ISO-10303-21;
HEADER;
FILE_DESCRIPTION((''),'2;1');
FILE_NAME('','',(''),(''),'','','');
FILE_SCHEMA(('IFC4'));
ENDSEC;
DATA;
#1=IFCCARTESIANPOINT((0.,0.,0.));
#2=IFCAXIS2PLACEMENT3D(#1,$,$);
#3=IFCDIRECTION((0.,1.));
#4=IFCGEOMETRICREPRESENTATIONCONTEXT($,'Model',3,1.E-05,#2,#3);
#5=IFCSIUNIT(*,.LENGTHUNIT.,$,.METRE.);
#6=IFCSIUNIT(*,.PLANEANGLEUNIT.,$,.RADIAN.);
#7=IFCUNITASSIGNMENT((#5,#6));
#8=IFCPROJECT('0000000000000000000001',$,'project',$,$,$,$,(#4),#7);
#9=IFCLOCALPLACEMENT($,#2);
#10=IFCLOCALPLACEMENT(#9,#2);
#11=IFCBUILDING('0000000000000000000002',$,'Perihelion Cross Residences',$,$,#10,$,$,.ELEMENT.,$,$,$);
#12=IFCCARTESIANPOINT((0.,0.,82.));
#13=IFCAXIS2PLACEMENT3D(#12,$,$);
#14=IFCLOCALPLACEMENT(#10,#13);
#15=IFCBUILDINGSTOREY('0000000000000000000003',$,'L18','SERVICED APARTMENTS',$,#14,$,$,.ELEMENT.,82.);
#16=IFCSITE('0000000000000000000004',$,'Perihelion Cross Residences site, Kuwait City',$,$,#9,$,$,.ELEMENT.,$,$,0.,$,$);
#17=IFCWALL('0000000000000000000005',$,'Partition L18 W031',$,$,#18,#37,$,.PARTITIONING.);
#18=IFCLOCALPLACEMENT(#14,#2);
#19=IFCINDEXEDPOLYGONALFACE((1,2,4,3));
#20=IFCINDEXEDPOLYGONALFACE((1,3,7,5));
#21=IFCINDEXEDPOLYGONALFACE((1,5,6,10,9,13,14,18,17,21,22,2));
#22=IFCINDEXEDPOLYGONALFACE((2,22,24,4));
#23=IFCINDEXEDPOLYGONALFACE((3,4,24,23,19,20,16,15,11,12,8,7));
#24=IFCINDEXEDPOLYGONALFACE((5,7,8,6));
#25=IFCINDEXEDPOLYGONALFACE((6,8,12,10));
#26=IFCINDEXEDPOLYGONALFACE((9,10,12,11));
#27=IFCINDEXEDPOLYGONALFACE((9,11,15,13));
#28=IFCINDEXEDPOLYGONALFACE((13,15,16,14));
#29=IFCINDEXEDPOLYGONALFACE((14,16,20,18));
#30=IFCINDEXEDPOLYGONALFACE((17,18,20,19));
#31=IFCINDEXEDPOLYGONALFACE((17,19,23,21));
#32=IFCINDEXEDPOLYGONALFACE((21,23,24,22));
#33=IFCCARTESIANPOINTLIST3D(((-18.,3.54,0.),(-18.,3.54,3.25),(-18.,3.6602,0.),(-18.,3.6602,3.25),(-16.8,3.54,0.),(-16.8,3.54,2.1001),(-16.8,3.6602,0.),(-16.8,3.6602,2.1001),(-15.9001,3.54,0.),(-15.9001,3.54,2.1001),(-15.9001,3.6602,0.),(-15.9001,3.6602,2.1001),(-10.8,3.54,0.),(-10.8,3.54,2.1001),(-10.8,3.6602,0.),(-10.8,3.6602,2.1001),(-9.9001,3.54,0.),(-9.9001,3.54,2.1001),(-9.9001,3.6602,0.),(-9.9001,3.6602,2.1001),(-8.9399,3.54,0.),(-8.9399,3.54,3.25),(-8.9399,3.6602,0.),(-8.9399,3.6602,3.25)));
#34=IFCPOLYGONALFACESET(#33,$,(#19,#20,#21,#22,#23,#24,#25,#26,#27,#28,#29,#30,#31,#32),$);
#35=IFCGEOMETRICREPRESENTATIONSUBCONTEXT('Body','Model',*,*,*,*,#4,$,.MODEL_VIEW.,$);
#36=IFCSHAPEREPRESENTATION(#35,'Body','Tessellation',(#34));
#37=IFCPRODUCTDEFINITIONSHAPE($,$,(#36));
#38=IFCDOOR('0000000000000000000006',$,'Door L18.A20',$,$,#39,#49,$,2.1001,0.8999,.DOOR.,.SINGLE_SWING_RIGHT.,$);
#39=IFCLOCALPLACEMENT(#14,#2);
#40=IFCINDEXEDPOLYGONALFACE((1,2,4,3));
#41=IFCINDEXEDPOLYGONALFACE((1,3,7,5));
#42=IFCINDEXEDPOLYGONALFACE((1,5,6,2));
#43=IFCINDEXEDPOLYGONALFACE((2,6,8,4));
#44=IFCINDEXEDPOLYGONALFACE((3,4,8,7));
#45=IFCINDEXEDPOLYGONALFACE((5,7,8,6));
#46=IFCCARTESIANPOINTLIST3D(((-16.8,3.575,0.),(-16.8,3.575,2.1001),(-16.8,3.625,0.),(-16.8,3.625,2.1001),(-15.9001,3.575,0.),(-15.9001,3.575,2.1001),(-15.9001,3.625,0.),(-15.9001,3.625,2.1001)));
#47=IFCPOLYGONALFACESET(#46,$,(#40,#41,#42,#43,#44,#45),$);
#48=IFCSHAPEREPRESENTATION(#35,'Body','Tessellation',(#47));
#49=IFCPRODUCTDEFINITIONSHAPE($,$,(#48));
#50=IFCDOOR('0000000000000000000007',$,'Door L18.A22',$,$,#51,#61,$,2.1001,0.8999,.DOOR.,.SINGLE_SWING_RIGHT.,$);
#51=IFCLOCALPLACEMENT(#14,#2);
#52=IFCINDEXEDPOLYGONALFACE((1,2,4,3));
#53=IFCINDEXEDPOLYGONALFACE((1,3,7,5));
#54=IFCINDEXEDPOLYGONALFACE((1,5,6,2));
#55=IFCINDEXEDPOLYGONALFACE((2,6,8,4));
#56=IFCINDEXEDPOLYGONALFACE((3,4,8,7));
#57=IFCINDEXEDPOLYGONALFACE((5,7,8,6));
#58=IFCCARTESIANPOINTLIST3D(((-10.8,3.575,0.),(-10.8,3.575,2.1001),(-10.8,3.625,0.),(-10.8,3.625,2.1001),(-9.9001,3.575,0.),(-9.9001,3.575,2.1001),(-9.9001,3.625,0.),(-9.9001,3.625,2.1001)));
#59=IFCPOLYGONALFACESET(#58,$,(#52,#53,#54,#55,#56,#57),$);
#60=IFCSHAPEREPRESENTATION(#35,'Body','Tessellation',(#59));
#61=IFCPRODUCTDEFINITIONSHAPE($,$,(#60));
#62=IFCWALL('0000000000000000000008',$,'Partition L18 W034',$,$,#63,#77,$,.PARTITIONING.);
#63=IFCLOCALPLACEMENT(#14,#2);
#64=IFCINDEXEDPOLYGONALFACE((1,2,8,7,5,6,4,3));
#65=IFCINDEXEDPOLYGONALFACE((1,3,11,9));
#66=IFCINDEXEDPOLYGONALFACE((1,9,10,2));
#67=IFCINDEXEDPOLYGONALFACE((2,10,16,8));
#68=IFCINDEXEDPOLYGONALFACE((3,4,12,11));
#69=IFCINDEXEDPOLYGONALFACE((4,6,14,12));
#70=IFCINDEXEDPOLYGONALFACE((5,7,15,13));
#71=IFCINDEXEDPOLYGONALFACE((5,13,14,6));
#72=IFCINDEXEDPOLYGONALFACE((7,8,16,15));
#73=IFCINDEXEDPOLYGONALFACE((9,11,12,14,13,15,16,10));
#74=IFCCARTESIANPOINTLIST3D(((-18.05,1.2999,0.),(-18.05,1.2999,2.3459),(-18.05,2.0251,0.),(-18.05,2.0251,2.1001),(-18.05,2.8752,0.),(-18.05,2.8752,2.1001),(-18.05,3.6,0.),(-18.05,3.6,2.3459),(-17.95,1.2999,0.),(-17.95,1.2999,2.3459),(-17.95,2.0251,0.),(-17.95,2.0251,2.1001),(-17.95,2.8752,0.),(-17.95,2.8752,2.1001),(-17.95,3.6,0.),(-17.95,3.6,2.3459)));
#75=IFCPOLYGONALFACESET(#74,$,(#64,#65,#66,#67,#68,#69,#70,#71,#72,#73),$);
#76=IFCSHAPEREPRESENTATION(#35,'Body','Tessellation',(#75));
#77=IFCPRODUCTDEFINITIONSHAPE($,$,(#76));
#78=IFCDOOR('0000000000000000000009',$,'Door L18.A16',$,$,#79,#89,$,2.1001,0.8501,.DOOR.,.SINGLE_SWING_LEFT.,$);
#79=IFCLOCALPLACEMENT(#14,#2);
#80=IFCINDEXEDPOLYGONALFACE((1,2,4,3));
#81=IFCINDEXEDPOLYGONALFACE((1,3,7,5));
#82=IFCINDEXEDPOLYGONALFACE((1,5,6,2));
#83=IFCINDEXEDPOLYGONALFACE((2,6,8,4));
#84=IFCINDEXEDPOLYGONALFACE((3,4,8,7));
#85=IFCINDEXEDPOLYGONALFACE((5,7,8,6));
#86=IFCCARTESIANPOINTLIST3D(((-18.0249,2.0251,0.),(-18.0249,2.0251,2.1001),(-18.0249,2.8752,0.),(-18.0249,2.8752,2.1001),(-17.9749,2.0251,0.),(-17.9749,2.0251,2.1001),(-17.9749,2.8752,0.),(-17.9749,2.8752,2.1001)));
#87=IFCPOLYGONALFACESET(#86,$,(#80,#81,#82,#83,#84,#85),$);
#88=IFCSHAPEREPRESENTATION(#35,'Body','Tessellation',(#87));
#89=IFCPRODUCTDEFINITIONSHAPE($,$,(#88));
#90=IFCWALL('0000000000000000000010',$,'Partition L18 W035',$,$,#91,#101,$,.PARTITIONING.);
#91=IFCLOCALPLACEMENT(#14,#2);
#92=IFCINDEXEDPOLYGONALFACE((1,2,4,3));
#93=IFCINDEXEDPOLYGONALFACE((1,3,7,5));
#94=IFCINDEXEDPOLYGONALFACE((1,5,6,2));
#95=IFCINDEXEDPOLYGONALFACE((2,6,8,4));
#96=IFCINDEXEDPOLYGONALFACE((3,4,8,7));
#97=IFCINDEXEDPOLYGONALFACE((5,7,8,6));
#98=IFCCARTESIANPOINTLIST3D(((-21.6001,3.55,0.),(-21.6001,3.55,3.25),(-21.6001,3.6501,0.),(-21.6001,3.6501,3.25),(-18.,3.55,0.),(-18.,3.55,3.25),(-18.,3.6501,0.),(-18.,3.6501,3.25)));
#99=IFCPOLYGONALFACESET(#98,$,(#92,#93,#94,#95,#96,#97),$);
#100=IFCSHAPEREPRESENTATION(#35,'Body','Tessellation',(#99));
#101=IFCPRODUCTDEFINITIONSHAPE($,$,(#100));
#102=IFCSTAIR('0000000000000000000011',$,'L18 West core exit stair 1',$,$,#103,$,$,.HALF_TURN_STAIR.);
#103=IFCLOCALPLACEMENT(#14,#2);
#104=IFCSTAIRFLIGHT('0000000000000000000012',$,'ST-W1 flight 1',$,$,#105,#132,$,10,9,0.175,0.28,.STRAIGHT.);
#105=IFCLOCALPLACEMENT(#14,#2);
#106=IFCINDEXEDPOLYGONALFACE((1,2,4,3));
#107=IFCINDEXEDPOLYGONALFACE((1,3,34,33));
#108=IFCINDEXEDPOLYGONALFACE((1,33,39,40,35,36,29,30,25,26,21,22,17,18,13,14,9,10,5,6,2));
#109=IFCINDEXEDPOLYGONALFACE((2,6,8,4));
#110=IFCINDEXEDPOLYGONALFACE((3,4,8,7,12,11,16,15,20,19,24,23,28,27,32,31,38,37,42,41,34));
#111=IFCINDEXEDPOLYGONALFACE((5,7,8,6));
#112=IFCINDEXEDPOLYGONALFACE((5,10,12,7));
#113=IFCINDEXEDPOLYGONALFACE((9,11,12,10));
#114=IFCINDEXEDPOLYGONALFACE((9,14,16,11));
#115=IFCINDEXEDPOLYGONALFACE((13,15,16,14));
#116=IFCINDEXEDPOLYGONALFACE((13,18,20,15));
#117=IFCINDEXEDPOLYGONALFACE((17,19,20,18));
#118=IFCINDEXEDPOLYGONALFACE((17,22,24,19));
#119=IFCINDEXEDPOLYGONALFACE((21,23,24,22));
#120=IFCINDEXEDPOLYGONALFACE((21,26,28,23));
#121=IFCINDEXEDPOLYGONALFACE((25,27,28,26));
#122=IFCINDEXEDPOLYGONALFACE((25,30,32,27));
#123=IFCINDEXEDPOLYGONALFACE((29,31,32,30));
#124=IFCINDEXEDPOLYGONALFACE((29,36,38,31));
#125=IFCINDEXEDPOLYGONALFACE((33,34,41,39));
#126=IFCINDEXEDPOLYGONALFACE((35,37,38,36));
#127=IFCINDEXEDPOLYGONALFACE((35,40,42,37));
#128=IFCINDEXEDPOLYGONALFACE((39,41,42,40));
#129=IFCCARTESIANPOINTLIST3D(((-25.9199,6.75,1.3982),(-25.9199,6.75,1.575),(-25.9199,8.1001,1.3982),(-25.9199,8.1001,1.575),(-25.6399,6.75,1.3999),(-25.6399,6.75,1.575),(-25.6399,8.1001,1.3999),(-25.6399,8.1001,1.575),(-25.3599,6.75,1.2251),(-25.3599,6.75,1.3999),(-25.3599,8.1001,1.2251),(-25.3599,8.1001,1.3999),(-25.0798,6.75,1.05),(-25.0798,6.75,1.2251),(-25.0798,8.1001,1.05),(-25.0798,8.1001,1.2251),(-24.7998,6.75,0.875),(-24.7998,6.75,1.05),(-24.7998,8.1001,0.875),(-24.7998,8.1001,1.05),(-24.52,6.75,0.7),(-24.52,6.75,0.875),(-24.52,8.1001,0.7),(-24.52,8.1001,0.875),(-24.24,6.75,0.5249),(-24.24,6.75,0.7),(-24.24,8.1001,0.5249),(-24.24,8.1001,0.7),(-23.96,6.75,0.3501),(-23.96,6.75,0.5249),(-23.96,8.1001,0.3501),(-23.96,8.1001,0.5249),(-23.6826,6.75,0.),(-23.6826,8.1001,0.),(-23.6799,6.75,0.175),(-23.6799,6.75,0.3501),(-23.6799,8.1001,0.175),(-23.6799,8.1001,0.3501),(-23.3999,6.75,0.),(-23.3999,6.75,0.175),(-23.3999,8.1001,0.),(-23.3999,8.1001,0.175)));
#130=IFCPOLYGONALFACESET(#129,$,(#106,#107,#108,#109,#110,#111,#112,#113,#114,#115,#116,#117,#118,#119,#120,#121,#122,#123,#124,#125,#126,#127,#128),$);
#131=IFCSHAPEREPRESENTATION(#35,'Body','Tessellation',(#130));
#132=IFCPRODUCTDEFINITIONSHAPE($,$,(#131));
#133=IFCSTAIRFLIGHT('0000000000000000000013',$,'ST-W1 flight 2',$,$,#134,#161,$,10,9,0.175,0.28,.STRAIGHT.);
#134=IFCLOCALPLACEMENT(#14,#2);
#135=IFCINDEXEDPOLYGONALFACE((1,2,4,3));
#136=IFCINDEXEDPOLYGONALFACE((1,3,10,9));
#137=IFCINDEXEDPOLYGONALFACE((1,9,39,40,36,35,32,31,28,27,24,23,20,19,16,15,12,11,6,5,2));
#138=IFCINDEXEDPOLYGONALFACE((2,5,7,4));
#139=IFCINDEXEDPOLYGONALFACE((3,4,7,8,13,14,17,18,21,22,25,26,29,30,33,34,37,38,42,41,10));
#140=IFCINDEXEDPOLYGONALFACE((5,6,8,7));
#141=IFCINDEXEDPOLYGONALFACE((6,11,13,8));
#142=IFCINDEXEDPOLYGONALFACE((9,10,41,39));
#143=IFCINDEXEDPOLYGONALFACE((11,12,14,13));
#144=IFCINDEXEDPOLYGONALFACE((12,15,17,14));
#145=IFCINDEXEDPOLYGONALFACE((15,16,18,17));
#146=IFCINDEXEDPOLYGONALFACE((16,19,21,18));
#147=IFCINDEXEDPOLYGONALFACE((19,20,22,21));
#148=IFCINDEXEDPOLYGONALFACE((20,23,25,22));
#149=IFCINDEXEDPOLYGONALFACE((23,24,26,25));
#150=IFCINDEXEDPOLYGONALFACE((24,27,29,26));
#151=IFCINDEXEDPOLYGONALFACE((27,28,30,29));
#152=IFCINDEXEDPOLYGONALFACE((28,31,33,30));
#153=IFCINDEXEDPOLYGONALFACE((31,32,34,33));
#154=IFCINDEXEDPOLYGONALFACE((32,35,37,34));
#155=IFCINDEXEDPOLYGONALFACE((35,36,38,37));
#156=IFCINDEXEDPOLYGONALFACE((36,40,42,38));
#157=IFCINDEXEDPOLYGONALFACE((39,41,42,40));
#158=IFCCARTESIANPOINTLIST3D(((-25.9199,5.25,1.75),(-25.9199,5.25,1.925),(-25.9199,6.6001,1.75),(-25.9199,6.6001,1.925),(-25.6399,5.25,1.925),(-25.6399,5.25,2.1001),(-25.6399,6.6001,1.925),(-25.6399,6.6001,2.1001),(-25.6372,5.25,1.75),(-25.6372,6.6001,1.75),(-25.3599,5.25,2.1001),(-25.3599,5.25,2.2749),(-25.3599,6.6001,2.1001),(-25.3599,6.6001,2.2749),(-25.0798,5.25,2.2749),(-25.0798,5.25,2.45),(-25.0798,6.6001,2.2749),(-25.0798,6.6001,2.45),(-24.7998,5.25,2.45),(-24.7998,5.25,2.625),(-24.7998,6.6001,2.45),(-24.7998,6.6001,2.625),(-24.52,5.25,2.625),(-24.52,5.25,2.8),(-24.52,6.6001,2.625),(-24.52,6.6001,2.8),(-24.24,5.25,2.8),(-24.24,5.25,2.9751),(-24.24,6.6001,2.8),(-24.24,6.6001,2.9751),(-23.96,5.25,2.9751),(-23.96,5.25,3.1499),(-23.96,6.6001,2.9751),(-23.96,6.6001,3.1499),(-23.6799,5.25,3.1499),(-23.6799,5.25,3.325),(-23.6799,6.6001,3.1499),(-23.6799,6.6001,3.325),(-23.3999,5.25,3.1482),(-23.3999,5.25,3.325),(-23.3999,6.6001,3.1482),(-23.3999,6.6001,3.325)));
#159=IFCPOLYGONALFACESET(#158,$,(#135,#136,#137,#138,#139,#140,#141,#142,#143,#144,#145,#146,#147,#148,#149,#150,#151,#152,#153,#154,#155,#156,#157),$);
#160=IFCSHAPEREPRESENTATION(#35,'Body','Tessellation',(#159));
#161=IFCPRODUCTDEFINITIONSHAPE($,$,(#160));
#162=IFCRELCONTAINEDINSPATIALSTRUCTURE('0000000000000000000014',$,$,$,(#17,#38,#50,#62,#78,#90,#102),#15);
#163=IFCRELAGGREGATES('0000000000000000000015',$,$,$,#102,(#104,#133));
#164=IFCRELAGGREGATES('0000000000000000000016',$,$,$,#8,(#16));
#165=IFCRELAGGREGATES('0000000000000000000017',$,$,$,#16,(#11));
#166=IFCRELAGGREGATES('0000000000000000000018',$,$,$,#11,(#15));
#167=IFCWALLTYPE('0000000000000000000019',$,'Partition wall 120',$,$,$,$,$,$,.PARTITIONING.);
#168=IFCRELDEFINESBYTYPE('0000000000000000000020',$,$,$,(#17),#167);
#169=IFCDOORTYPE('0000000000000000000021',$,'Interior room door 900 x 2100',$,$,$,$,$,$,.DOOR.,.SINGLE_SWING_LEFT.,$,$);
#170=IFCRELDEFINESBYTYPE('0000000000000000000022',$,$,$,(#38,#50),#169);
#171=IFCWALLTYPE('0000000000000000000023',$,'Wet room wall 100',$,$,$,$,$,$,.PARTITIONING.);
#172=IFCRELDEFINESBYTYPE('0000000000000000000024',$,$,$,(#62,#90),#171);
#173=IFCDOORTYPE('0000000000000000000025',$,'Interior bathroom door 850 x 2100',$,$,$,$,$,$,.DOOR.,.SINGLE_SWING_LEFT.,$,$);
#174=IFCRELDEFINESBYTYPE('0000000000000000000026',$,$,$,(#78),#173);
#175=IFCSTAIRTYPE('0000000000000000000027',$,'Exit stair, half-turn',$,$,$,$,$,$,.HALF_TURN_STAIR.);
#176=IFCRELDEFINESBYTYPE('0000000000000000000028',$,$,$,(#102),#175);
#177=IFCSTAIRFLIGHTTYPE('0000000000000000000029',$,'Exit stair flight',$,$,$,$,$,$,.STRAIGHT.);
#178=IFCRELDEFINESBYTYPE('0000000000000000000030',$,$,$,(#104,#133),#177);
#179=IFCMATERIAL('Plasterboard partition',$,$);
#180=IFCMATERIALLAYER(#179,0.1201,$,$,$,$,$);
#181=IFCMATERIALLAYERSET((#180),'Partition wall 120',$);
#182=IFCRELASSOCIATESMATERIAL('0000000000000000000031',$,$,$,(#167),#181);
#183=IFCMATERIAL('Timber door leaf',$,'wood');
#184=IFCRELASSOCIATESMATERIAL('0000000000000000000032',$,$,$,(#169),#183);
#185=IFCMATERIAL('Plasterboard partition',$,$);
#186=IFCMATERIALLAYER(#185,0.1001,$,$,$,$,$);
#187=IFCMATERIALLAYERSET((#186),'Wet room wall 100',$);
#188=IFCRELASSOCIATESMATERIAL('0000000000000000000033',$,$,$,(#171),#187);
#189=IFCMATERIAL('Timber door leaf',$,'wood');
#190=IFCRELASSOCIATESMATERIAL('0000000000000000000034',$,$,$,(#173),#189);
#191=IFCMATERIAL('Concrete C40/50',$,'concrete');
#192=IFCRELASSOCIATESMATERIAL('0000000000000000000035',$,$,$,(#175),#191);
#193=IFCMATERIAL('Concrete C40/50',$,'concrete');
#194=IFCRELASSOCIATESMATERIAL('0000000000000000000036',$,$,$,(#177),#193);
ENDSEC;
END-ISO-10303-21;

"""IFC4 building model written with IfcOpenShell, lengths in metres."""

from ifc_helpers import new_model, si_unit, direction, frame, frame_2d, origin, place, context, subcontext, project, spatial, polyline, rectangle, outline, extrude, material, layer, layer_set, type_object, element, fill, aggregate, save


model = new_model("IFC4")

# Units and contexts
model_context = context("Model", 3, precision=1e-05, world=origin(), true_north=direction((0.0, 1.0)))
body_context = subcontext(model_context, "Body", "Model", "MODEL_VIEW")
ifc_project = project(units=[si_unit("LENGTHUNIT", "METRE"), si_unit("PLANEANGLEUNIT", "RADIAN")], contexts=[model_context])

# Site, building, storey
site_placement = place(None, origin())
site = spatial("IfcSite", under=ifc_project, at=site_placement, Name="Perihelion Cross Residences site, Kuwait City", CompositionType="ELEMENT", RefElevation=0.0)
building_placement = place(site_placement, origin())
building = spatial("IfcBuilding", under=site, at=building_placement, Name="Perihelion Cross Residences", CompositionType="ELEMENT")
storey_placement = place(building_placement, frame((0.0, 0.0, 82.0)))
storey = spatial("IfcBuildingStorey", under=building, at=storey_placement, Name="L18", Description="SERVICED APARTMENTS", CompositionType="ELEMENT", Elevation=82.0)

# Wall, openings, doors
ifc_material_1 = material(Name="Plasterboard partition")
ifc_layer_1 = layer(ifc_material_1, 0.1201)
ifc_layer_set_1 = layer_set([ifc_layer_1], Name="Partition wall 120")
wall_type_1 = type_object("IfcWallType", Name="Partition wall 120", PredefinedType="PARTITIONING", material=ifc_layer_set_1)
wall_1_placement = place(storey_placement, frame((-18.0, 3.6001, 0.0), z_axis=(0.0, 0.0, 1.0), x_axis=(1.0, 0.0, 0.0)))
wall_1 = element("IfcWall", 1, at=wall_1_placement, inside=storey, type_object=wall_type_1, Name="Partition L18 W031", PredefinedType="PARTITIONING", context=body_context, shape_type="SweptSolid", body=[
    extrude(rectangle(XDim=9.0601, YDim=0.1201, at=frame_2d((4.53, 0.0))), origin(), (0.0, 0.0, 1.0), 3.25),
])
opening_1_placement = place(wall_1_placement, frame((1.2, 0.0, 0.0)))
opening_1 = element("IfcOpeningElement", 2, at=opening_1_placement, cuts=wall_1, PredefinedType="OPENING", context=body_context, shape_type="SweptSolid", body=[
    extrude(rectangle(XDim=0.8999, YDim=2.1001, at=frame_2d((0.45, 1.05))), frame((0.0, 0.0701, 0.0), z_axis=(0.0, -1.0, 0.0), x_axis=(1.0, 0.0, 0.0)), (0.0, 0.0, 1.0), 0.1401),
])
opening_2_placement = place(wall_1_placement, frame((7.2, 0.0, 0.0)))
opening_2 = element("IfcOpeningElement", 3, at=opening_2_placement, cuts=wall_1, PredefinedType="OPENING", context=body_context, shape_type="SweptSolid", body=[
    extrude(rectangle(XDim=0.8999, YDim=2.1001, at=frame_2d((0.45, 1.05))), frame((0.0, 0.0701, 0.0), z_axis=(0.0, -1.0, 0.0), x_axis=(1.0, 0.0, 0.0)), (0.0, 0.0, 1.0), 0.1401),
])
ifc_material_2 = material(Name="Timber door leaf", Category="wood")
door_type_1 = type_object("IfcDoorType", Name="Interior room door 900 x 2100", OperationType="SINGLE_SWING_LEFT", PredefinedType="DOOR", material=ifc_material_2)
door_1_placement = place(opening_1_placement, origin())
door_1 = element("IfcDoor", 4, at=door_1_placement, inside=storey, type_object=door_type_1, Name="Door L18.A20", OperationType="SINGLE_SWING_RIGHT", OverallHeight=2.1001, OverallWidth=0.8999, PredefinedType="DOOR", context=body_context, shape_type="SweptSolid", body=[
    extrude(rectangle(XDim=0.8999, YDim=2.1001, at=frame_2d((0.45, 1.05))), frame((0.0, 0.0249, 0.0), z_axis=(0.0, -1.0, 0.0), x_axis=(1.0, 0.0, 0.0)), (0.0, 0.0, 1.0), 0.05),
])
fill(opening_1, door_1)
door_2_placement = place(opening_2_placement, origin())
door_2 = element("IfcDoor", 5, at=door_2_placement, inside=storey, type_object=door_type_1, Name="Door L18.A22", OperationType="SINGLE_SWING_RIGHT", OverallHeight=2.1001, OverallWidth=0.8999, PredefinedType="DOOR", context=body_context, shape_type="SweptSolid", body=[
    extrude(rectangle(XDim=0.8999, YDim=2.1001, at=frame_2d((0.45, 1.05))), frame((0.0, 0.0249, 0.0), z_axis=(0.0, -1.0, 0.0), x_axis=(1.0, 0.0, 0.0)), (0.0, 0.0, 1.0), 0.05),
])
fill(opening_2, door_2)

# Wall, opening, door
ifc_material_3 = material(Name="Plasterboard partition")
ifc_layer_2 = layer(ifc_material_3, 0.1001)
ifc_layer_set_2 = layer_set([ifc_layer_2], Name="Wet room wall 100")
wall_type_2 = type_object("IfcWallType", Name="Wet room wall 100", PredefinedType="PARTITIONING", material=ifc_layer_set_2)
wall_2_placement = place(storey_placement, frame((-18.0, 1.3, 0.0), z_axis=(0.0, 0.0, 1.0), x_axis=(0.0, 1.0, 0.0)))
wall_2 = element("IfcWall", 6, at=wall_2_placement, inside=storey, type_object=wall_type_2, Name="Partition L18 W034", PredefinedType="PARTITIONING", context=body_context, shape_type="SweptSolid", body=[
    extrude(rectangle(XDim=2.3, YDim=0.1001, at=frame_2d((1.1499, 0.0))), origin(), (0.0, 0.0, 1.0), 2.3459),
])
opening_3_placement = place(wall_2_placement, frame((0.7251, 0.0, 0.0)))
opening_3 = element("IfcOpeningElement", 7, at=opening_3_placement, cuts=wall_2, PredefinedType="OPENING", context=body_context, shape_type="SweptSolid", body=[
    extrude(rectangle(XDim=0.8501, YDim=2.1001, at=frame_2d((0.425, 1.05))), frame((0.0, 0.0601, 0.0), z_axis=(0.0, -1.0, 0.0), x_axis=(1.0, 0.0, 0.0)), (0.0, 0.0, 1.0), 0.1201),
])
ifc_material_4 = material(Name="Timber door leaf", Category="wood")
door_type_2 = type_object("IfcDoorType", Name="Interior bathroom door 850 x 2100", OperationType="SINGLE_SWING_LEFT", PredefinedType="DOOR", material=ifc_material_4)
door_3_placement = place(opening_3_placement, origin())
door_3 = element("IfcDoor", 8, at=door_3_placement, inside=storey, type_object=door_type_2, Name="Door L18.A16", OperationType="SINGLE_SWING_LEFT", OverallHeight=2.1001, OverallWidth=0.8501, PredefinedType="DOOR", context=body_context, shape_type="SweptSolid", body=[
    extrude(rectangle(XDim=0.8501, YDim=2.1001, at=frame_2d((0.425, 1.05))), frame((0.0, 0.0249, 0.0), z_axis=(0.0, -1.0, 0.0), x_axis=(1.0, 0.0, 0.0)), (0.0, 0.0, 1.0), 0.05),
])
fill(opening_3, door_3)

# Wall
wall_3_placement = place(storey_placement, frame((-21.6001, 3.6001, 0.0), z_axis=(0.0, 0.0, 1.0), x_axis=(1.0, 0.0, 0.0)))
element("IfcWall", 9, at=wall_3_placement, inside=storey, type_object=wall_type_2, Name="Partition L18 W035", PredefinedType="PARTITIONING", context=body_context, shape_type="SweptSolid", body=[
    extrude(rectangle(XDim=3.6001, YDim=0.1001, at=frame_2d((1.8, 0.0))), origin(), (0.0, 0.0, 1.0), 3.25),
])

# Stair, stair flights
ifc_material_5 = material(Name="Concrete C40/50", Category="concrete")
stair_type = type_object("IfcStairType", Name="Exit stair, half-turn", PredefinedType="HALF_TURN_STAIR", material=ifc_material_5)
stair_placement = place(storey_placement, origin())
stair = element("IfcStair", 10, at=stair_placement, inside=storey, type_object=stair_type, Name="L18 West core exit stair 1", PredefinedType="HALF_TURN_STAIR")
ifc_material_6 = material(Name="Concrete C40/50", Category="concrete")
stair_flight_type = type_object("IfcStairFlightType", Name="Exit stair flight", PredefinedType="STRAIGHT", material=ifc_material_6)
stair_flight_1_placement = place(storey_placement, frame((-23.3999, 7.425, 0.0), z_axis=(0.0, 0.0, 1.0), x_axis=(-1.0, 0.0, 0.0)))
stair_flight_1 = element("IfcStairFlight", 11, at=stair_flight_1_placement, type_object=stair_flight_type, Name="ST-W1 flight 1", NumberOfRisers=10, NumberOfTreads=9, PredefinedType="STRAIGHT", RiserHeight=0.175, TreadLength=0.28, context=body_context, shape_type="SweptSolid", body=[
    extrude(outline(polyline([(0.0, 0.0), (0.0, 0.175), (0.28, 0.175), (0.28, 0.3501), (0.5601, 0.3501), (0.5601, 0.5249), (0.8401, 0.5249), (0.8401, 0.7), (1.1201, 0.7), (1.1201, 0.875), (1.3999, 0.875), (1.3999, 1.05), (1.6799, 1.05), (1.6799, 1.2251), (1.96, 1.2251), (1.96, 1.3999), (2.24, 1.3999), (2.24, 1.575), (2.52, 1.575), (2.52, 1.75), (2.52, 1.3982), (0.2827, 0.0), (0.0, 0.0)])), frame((0.0, 0.675, 0.0), z_axis=(0.0, -1.0, 0.0), x_axis=(1.0, 0.0, 0.0)), (0.0, 0.0, 1.0), 1.3501),
])
stair_flight_2_placement = place(storey_placement, frame((-25.9199, 5.925, 1.75), z_axis=(0.0, 0.0, 1.0), x_axis=(1.0, 0.0, 0.0)))
stair_flight_2 = element("IfcStairFlight", 12, at=stair_flight_2_placement, type_object=stair_flight_type, Name="ST-W1 flight 2", NumberOfRisers=10, NumberOfTreads=9, PredefinedType="STRAIGHT", RiserHeight=0.175, TreadLength=0.28, context=body_context, shape_type="SweptSolid", body=[
    extrude(outline(polyline([(0.0, 0.0), (0.0, 0.175), (0.28, 0.175), (0.28, 0.3501), (0.5601, 0.3501), (0.5601, 0.5249), (0.8401, 0.5249), (0.8401, 0.7), (1.1201, 0.7), (1.1201, 0.875), (1.3999, 0.875), (1.3999, 1.05), (1.6799, 1.05), (1.6799, 1.2251), (1.96, 1.2251), (1.96, 1.3999), (2.24, 1.3999), (2.24, 1.575), (2.52, 1.575), (2.52, 1.75), (2.52, 1.3982), (0.2827, 0.0), (0.0, 0.0)])), frame((0.0, 0.675, 0.0), z_axis=(0.0, -1.0, 0.0), x_axis=(1.0, 0.0, 0.0)), (0.0, 0.0, 1.0), 1.3501),
])
aggregate(stair, [stair_flight_1, stair_flight_2])

save(model, "model.ifc")
